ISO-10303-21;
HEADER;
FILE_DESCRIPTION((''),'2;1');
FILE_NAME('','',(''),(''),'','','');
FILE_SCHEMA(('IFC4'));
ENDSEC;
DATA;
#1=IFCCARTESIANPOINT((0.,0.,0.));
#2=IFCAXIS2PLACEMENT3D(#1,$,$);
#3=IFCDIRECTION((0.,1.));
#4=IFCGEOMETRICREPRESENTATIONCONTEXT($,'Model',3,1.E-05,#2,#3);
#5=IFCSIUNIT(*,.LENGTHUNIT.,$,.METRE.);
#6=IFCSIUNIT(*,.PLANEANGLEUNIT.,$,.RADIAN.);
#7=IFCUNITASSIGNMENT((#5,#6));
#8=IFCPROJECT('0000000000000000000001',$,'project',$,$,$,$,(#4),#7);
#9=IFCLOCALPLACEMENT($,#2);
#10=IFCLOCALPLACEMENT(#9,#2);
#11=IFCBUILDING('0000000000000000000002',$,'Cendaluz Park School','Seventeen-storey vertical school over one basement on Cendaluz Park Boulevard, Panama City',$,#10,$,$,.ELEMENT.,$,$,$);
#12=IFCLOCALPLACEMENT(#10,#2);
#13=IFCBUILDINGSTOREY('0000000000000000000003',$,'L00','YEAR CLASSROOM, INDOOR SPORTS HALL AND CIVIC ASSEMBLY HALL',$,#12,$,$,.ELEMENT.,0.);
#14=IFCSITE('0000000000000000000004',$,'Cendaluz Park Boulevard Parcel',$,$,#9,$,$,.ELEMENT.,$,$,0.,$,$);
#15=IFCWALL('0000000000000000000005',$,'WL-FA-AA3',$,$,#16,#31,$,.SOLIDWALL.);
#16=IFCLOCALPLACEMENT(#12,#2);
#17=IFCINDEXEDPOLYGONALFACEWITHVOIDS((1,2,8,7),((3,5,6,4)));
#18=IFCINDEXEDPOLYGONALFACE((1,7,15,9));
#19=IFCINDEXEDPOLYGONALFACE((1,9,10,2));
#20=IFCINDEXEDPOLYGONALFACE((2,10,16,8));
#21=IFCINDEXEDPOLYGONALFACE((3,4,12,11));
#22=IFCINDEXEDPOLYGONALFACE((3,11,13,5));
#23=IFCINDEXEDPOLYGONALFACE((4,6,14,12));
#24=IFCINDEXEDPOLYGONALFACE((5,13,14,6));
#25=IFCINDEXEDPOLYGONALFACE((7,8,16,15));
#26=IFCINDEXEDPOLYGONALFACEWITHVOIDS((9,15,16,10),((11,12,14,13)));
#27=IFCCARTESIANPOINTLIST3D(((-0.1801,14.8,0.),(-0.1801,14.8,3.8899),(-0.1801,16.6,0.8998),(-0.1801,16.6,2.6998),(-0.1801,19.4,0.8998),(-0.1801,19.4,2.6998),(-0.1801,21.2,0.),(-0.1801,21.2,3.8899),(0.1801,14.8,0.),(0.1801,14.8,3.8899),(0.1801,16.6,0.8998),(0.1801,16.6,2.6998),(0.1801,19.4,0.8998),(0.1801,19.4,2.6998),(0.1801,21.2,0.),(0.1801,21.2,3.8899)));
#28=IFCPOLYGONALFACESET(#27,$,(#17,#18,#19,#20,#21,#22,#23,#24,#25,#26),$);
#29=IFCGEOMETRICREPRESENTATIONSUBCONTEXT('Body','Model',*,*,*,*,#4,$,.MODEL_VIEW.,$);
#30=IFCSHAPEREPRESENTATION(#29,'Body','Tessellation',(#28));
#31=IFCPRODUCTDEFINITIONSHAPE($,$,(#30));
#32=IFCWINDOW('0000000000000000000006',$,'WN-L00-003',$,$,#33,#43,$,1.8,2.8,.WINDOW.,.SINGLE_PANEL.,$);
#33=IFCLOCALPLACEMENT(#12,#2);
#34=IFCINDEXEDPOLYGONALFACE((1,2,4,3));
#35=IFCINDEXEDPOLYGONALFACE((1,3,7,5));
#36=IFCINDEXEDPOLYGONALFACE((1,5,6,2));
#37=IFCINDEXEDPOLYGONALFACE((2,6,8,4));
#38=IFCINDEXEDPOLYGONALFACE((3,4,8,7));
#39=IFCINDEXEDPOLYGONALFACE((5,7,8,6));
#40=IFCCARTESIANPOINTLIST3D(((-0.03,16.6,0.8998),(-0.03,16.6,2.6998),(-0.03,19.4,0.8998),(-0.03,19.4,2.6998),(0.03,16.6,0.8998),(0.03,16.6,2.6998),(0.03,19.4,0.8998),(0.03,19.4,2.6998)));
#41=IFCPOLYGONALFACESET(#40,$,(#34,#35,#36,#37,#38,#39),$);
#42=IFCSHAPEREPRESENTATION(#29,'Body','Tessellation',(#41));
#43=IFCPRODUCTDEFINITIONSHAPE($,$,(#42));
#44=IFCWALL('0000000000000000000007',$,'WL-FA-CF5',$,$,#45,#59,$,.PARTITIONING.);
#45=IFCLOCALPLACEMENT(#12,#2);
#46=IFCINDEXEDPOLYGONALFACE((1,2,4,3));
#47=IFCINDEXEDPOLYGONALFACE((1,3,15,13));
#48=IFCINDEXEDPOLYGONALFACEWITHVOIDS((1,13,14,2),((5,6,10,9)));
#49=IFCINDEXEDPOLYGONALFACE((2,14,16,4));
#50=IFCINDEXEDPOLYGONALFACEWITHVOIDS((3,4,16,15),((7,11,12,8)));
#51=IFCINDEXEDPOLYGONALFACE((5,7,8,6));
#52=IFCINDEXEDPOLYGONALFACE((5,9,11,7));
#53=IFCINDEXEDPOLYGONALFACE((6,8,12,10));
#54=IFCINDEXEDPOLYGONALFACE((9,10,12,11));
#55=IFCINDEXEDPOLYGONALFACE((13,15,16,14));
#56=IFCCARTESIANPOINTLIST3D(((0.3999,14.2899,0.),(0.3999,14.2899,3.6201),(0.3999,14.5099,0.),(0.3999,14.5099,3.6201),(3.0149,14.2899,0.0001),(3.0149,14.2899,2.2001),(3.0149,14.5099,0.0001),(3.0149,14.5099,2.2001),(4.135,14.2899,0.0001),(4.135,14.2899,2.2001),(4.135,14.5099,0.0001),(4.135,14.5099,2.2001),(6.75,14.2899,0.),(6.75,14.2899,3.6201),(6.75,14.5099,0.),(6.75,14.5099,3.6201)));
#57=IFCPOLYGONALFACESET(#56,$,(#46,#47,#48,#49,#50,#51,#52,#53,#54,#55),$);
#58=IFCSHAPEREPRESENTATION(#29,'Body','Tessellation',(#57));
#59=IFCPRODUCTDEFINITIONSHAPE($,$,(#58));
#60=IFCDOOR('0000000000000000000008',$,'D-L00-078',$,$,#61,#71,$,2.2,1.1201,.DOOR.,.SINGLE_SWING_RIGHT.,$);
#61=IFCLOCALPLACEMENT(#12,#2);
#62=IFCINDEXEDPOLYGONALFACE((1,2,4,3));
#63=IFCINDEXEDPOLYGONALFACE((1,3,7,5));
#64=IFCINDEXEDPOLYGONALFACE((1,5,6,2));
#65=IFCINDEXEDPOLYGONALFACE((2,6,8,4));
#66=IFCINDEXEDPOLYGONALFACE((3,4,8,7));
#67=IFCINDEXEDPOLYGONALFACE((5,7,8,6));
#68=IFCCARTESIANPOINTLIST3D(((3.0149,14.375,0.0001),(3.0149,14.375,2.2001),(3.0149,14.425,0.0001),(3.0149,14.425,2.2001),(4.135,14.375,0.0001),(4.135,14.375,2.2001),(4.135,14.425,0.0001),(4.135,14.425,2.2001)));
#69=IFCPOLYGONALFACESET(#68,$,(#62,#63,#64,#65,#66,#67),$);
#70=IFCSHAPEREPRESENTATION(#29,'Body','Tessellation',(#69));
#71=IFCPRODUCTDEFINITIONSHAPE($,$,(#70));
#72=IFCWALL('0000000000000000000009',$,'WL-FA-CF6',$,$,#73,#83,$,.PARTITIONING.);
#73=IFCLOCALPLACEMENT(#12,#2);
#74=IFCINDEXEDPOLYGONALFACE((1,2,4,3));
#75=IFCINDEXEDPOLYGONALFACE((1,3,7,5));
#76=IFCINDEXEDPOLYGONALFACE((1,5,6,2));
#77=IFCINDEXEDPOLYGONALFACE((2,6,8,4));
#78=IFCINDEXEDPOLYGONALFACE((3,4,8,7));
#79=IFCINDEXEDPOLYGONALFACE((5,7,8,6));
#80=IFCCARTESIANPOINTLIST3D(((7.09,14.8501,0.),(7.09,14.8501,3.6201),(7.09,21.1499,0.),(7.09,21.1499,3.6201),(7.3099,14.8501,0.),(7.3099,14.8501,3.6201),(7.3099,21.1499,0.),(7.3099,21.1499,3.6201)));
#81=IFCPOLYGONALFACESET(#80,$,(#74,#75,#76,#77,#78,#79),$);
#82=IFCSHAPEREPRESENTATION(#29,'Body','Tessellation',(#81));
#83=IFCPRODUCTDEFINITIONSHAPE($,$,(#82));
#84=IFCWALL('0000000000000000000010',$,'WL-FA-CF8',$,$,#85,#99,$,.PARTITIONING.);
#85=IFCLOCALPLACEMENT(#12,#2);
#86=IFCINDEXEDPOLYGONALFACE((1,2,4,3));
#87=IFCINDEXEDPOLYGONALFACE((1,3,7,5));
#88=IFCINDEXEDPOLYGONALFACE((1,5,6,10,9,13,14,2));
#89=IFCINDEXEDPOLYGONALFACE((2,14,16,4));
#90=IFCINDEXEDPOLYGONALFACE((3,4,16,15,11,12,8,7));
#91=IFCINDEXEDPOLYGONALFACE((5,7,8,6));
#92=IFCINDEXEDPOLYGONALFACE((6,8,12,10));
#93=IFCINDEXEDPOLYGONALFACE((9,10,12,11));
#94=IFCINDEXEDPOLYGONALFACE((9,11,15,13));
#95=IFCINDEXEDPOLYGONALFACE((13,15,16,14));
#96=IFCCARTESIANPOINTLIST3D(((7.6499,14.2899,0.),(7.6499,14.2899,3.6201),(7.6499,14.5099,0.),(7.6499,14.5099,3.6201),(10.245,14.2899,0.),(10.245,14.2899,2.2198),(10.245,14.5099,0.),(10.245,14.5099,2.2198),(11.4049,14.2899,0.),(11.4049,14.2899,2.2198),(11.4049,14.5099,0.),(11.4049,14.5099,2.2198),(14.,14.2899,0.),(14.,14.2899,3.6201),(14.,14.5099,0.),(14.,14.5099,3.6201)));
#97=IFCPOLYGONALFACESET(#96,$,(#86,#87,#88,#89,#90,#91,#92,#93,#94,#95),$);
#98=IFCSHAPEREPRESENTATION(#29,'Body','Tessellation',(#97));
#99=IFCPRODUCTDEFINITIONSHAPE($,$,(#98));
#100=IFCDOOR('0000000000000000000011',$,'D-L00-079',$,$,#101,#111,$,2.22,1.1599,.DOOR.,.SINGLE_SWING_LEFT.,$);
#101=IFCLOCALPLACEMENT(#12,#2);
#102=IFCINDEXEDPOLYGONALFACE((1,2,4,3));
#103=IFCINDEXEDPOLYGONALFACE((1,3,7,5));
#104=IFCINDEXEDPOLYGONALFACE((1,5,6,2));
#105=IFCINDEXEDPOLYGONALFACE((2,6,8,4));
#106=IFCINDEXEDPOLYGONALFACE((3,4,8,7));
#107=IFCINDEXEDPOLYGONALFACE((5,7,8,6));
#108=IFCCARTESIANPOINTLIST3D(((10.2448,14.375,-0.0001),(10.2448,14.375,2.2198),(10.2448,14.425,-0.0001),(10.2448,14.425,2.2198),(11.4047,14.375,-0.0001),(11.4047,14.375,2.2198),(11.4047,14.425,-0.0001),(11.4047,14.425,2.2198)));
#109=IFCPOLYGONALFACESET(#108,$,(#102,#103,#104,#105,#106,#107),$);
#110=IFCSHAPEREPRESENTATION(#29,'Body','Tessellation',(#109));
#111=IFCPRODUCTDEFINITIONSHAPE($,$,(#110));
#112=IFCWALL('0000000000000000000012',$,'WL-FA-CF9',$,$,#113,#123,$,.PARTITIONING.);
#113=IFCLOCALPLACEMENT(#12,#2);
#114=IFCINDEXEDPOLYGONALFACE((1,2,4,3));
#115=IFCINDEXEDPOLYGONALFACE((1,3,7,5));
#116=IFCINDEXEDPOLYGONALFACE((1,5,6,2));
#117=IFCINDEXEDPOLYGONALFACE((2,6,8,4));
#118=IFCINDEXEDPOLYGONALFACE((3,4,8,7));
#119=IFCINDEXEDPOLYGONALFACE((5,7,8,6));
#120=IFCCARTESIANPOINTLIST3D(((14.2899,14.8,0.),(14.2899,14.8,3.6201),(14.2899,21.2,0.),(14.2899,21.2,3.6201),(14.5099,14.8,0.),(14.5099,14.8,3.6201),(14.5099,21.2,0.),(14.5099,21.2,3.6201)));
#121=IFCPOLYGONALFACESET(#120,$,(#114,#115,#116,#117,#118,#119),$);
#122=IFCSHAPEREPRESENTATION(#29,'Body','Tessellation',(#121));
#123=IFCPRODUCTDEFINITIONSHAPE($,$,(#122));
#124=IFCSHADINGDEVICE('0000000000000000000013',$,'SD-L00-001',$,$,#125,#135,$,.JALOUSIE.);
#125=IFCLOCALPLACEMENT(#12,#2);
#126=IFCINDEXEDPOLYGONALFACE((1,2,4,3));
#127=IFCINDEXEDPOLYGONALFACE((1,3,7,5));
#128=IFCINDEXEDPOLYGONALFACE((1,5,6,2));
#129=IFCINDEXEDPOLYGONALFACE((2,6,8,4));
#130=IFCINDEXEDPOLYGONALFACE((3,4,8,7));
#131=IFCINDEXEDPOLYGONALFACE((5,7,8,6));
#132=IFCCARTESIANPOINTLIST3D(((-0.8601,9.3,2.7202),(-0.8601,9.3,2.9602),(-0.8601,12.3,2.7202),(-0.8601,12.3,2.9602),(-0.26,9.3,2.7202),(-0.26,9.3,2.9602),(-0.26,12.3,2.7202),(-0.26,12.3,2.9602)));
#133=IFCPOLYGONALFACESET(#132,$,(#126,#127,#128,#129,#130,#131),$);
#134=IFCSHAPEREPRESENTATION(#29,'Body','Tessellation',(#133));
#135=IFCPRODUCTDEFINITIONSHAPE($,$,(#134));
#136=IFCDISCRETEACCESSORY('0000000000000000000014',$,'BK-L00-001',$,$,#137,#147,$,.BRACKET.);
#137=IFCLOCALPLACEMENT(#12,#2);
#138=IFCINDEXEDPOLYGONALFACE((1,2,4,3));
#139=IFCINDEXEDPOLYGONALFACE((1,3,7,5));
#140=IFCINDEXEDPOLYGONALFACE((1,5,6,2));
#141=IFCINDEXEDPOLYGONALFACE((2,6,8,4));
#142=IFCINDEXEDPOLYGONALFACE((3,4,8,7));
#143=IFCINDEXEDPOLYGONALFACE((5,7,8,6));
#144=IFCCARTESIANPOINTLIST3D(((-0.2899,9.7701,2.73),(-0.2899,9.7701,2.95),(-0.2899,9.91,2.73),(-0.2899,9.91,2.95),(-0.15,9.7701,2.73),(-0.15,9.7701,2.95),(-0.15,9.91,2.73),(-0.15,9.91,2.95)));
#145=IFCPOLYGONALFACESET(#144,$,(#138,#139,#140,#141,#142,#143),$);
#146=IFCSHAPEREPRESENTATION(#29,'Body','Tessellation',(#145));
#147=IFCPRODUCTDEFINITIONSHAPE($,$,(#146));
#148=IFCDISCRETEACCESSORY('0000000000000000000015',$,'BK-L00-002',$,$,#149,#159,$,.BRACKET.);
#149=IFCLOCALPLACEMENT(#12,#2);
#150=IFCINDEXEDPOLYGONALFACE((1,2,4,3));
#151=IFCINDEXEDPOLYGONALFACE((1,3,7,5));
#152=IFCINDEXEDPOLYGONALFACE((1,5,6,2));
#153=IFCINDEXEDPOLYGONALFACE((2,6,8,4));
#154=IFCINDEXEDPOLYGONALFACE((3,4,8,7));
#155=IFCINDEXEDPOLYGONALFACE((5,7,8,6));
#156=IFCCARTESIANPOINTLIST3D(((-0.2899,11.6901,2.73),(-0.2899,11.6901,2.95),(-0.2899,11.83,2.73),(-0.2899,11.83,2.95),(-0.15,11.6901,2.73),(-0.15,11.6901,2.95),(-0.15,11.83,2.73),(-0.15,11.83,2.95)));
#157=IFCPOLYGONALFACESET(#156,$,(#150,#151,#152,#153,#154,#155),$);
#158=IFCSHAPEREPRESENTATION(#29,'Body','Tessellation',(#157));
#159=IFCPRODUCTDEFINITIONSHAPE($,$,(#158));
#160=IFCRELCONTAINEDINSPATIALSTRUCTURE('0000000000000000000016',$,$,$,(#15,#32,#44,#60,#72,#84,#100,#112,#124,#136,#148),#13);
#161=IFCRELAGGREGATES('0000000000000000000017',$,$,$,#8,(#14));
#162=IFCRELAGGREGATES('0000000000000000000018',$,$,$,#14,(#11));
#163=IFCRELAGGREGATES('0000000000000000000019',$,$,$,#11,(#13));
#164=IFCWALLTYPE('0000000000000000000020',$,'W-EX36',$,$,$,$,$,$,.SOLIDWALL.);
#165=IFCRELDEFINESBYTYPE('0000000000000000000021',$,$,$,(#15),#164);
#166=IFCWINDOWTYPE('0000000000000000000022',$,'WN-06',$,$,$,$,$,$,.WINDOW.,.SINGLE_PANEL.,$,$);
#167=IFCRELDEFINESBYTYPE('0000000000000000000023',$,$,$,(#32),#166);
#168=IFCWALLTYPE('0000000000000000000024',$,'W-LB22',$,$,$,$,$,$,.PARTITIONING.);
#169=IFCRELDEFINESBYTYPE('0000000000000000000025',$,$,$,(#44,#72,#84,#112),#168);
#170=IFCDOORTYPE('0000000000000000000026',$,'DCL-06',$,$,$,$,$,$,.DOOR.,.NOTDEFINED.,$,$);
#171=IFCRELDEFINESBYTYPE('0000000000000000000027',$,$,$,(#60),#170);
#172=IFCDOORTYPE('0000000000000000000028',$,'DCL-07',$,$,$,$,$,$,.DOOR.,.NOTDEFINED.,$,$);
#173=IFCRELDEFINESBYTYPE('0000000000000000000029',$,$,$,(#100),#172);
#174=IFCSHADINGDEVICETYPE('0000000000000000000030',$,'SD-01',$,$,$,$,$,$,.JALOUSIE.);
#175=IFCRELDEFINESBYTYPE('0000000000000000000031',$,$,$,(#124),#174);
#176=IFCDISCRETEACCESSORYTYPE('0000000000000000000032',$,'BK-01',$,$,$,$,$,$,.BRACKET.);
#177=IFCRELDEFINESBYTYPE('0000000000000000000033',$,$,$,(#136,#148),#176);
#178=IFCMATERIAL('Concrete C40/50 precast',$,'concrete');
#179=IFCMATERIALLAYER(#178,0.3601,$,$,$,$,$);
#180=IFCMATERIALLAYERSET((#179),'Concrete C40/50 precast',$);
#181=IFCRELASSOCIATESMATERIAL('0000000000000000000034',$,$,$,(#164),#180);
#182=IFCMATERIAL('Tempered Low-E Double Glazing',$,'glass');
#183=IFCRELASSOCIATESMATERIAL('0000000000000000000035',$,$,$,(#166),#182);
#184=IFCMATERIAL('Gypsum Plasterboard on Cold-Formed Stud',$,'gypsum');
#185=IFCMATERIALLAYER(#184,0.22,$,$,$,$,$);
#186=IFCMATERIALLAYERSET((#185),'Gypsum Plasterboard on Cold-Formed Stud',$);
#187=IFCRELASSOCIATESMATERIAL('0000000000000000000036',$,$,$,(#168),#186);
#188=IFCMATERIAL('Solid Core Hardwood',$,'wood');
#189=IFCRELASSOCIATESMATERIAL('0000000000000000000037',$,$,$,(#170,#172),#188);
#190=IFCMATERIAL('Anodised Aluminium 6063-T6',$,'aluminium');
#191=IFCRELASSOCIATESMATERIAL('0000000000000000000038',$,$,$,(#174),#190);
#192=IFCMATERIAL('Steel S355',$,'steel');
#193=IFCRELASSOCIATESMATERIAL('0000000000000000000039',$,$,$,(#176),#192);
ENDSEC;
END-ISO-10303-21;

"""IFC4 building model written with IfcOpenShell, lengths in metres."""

from ifc_helpers import new_model, si_unit, direction, frame, frame_2d, origin, origin_2d, place, context, subcontext, project, spatial, rectangle, extrude, material, layer, layer_set, type_object, element, fill, save


model = new_model("IFC4")

# Units and contexts
model_context = context("Model", 3, precision=1e-05, world=origin(), true_north=direction((0.0, 1.0)))
body_context = subcontext(model_context, "Body", "Model", "MODEL_VIEW")
ifc_project = project(units=[si_unit("LENGTHUNIT", "METRE"), si_unit("PLANEANGLEUNIT", "RADIAN")], contexts=[model_context])

# Site, building, storey
site_placement = place(None, origin())
site = spatial("IfcSite", under=ifc_project, at=site_placement, Name="Cendaluz Park Boulevard Parcel", CompositionType="ELEMENT", RefElevation=0.0)
building_placement = place(site_placement, origin())
building = spatial("IfcBuilding", under=site, at=building_placement, Name="Cendaluz Park School", Description="Seventeen-storey vertical school over one basement on Cendaluz Park Boulevard, Panama City", CompositionType="ELEMENT")
storey_placement = place(building_placement, origin())
storey = spatial("IfcBuildingStorey", under=building, at=storey_placement, Name="L00", Description="YEAR CLASSROOM, INDOOR SPORTS HALL AND CIVIC ASSEMBLY HALL", CompositionType="ELEMENT", Elevation=0.0)

# Wall, opening, window
ifc_material_1 = material(Name="Concrete C40/50 precast", Category="concrete")
ifc_layer_1 = layer(ifc_material_1, 0.3601)
ifc_layer_set_1 = layer_set([ifc_layer_1], Name="Concrete C40/50 precast")
wall_type_1 = type_object("IfcWallType", Name="W-EX36", PredefinedType="SOLIDWALL", material=ifc_layer_set_1)
wall_1_placement = place(storey_placement, frame((0.0, 14.8, 0.0), z_axis=(0.0, 0.0, 1.0), x_axis=(0.0, 1.0, 0.0)))
wall_1 = element("IfcWall", 1, at=wall_1_placement, inside=storey, type_object=wall_type_1, Name="WL-FA-AA3", PredefinedType="SOLIDWALL", context=body_context, shape_type="SweptSolid", body=[
    extrude(rectangle(XDim=6.3999, YDim=0.3601, at=frame_2d((3.2, 0.0))), origin(), (0.0, 0.0, 1.0), 3.8899),
])
opening_1_placement = place(wall_1_placement, frame((1.8, 0.0, 0.8999)))
opening_1 = element("IfcOpeningElement", 2, at=opening_1_placement, cuts=wall_1, PredefinedType="OPENING", context=body_context, shape_type="SweptSolid", body=[
    extrude(rectangle(XDim=2.8, YDim=1.8, at=frame_2d((1.3999, 0.8999))), frame((0.0, 0.1921, 0.0), z_axis=(0.0, -1.0, 0.0), x_axis=(1.0, 0.0, 0.0)), (0.0, 0.0, 1.0), 0.384),
])
ifc_material_2 = material(Name="Tempered Low-E Double Glazing", Category="glass")
window_type = type_object("IfcWindowType", Name="WN-06", PartitioningType="SINGLE_PANEL", PredefinedType="WINDOW", material=ifc_material_2)
window_placement = place(opening_1_placement, origin())
window = element("IfcWindow", 3, at=window_placement, inside=storey, type_object=window_type, Name="WN-L00-003", OverallHeight=1.8, OverallWidth=2.8, PartitioningType="SINGLE_PANEL", PredefinedType="WINDOW", context=body_context, shape_type="SweptSolid", body=[
    extrude(rectangle(XDim=2.8, YDim=1.8, at=frame_2d((1.3999, 0.8999))), frame((0.0, 0.03, 0.0), z_axis=(0.0, -1.0, 0.0), x_axis=(1.0, 0.0, 0.0)), (0.0, 0.0, 1.0), 0.0601),
])
fill(opening_1, window)

# Wall, opening, door
ifc_material_3 = material(Name="Gypsum Plasterboard on Cold-Formed Stud", Category="gypsum")
ifc_layer_2 = layer(ifc_material_3, 0.22)
ifc_layer_set_2 = layer_set([ifc_layer_2], Name="Gypsum Plasterboard on Cold-Formed Stud")
wall_type_2 = type_object("IfcWallType", Name="W-LB22", PredefinedType="PARTITIONING", material=ifc_layer_set_2)
wall_2_placement = place(storey_placement, frame((0.3999, 14.3999, 0.0), z_axis=(0.0, 0.0, 1.0), x_axis=(1.0, 0.0, 0.0)))
wall_2 = element("IfcWall", 4, at=wall_2_placement, inside=storey, type_object=wall_type_2, Name="WL-FA-CF5", PredefinedType="PARTITIONING", context=body_context, shape_type="SweptSolid", body=[
    extrude(rectangle(XDim=6.3501, YDim=0.22, at=frame_2d((3.175, 0.0))), origin(), (0.0, 0.0, 1.0), 3.6201),
])
opening_2_placement = place(wall_2_placement, frame((2.615, 0.0, 0.0)))
opening_2 = element("IfcOpeningElement", 5, at=opening_2_placement, cuts=wall_2, PredefinedType="OPENING", context=body_context, shape_type="SweptSolid", body=[
    extrude(rectangle(XDim=1.1201, YDim=2.2, at=frame_2d((0.5601, 1.1001))), frame((0.0, 0.1221, 0.0), z_axis=(0.0, -1.0, 0.0), x_axis=(1.0, 0.0, 0.0)), (0.0, 0.0, 1.0), 0.2439),
])
ifc_material_4 = material(Name="Solid Core Hardwood", Category="wood")
door_type_1 = type_object("IfcDoorType", Name="DCL-06", OperationType="NOTDEFINED", PredefinedType="DOOR", material=ifc_material_4)
door_1_placement = place(opening_2_placement, frame((1.1201, 0.0, 0.0), z_axis=(0.0, 0.0, 1.0), x_axis=(-1.0, 0.0, 0.0)))
door_1 = element("IfcDoor", 6, at=door_1_placement, inside=storey, type_object=door_type_1, Name="D-L00-078", OperationType="SINGLE_SWING_RIGHT", OverallHeight=2.2, OverallWidth=1.1201, PredefinedType="DOOR", context=body_context, shape_type="SweptSolid", body=[
    extrude(rectangle(XDim=1.1201, YDim=2.2, at=frame_2d((0.5601, 1.1001))), frame((0.0, 0.0249, 0.0), z_axis=(0.0, -1.0, 0.0), x_axis=(1.0, 0.0, 0.0)), (0.0, 0.0, 1.0), 0.05),
])
fill(opening_2, door_1)

# Wall
wall_3_placement = place(storey_placement, frame((7.2, 14.8501, 0.0), z_axis=(0.0, 0.0, 1.0), x_axis=(0.0, 1.0, 0.0)))
element("IfcWall", 7, at=wall_3_placement, inside=storey, type_object=wall_type_2, Name="WL-FA-CF6", PredefinedType="PARTITIONING", context=body_context, shape_type="SweptSolid", body=[
    extrude(rectangle(XDim=6.2998, YDim=0.22, at=frame_2d((3.1499, 0.0))), origin(), (0.0, 0.0, 1.0), 3.6201),
])

# Wall, opening, door
wall_4_placement = place(storey_placement, frame((7.6499, 14.3999, 0.0), z_axis=(0.0, 0.0, 1.0), x_axis=(1.0, 0.0, 0.0)))
wall_4 = element("IfcWall", 8, at=wall_4_placement, inside=storey, type_object=wall_type_2, Name="WL-FA-CF8", PredefinedType="PARTITIONING", context=body_context, shape_type="SweptSolid", body=[
    extrude(rectangle(XDim=6.3501, YDim=0.22, at=frame_2d((3.175, 0.0))), origin(), (0.0, 0.0, 1.0), 3.6201),
])
opening_3_placement = place(wall_4_placement, frame((2.595, 0.0, 0.0)))
opening_3 = element("IfcOpeningElement", 9, at=opening_3_placement, cuts=wall_4, PredefinedType="OPENING", context=body_context, shape_type="SweptSolid", body=[
    extrude(rectangle(XDim=1.1599, YDim=2.22, at=frame_2d((0.5801, 1.1099))), frame((0.0, 0.1221, 0.0), z_axis=(0.0, -1.0, 0.0), x_axis=(1.0, 0.0, 0.0)), (0.0, 0.0, 1.0), 0.2439),
])
door_type_2 = type_object("IfcDoorType", Name="DCL-07", OperationType="NOTDEFINED", PredefinedType="DOOR", material=ifc_material_4)
door_2_placement = place(opening_3_placement, frame((1.1599, 0.0, 0.0), z_axis=(0.0, 0.0, 1.0), x_axis=(-1.0, 0.0, 0.0)))
door_2 = element("IfcDoor", 10, at=door_2_placement, inside=storey, type_object=door_type_2, Name="D-L00-079", OperationType="SINGLE_SWING_LEFT", OverallHeight=2.22, OverallWidth=1.1599, PredefinedType="DOOR", context=body_context, shape_type="SweptSolid", body=[
    extrude(rectangle(XDim=1.1599, YDim=2.22, at=frame_2d((0.5801, 1.1099))), frame((0.0, 0.0249, 0.0), z_axis=(0.0, -1.0, 0.0), x_axis=(1.0, 0.0, 0.0)), (0.0, 0.0, 1.0), 0.05),
])
fill(opening_3, door_2)

# Wall
wall_5_placement = place(storey_placement, frame((14.3999, 14.8, 0.0), z_axis=(0.0, 0.0, 1.0), x_axis=(0.0, 1.0, 0.0)))
element("IfcWall", 11, at=wall_5_placement, inside=storey, type_object=wall_type_2, Name="WL-FA-CF9", PredefinedType="PARTITIONING", context=body_context, shape_type="SweptSolid", body=[
    extrude(rectangle(XDim=6.3999, YDim=0.22, at=frame_2d((3.2, 0.0))), origin(), (0.0, 0.0, 1.0), 3.6201),
])

# Shading device
ifc_material_5 = material(Name="Anodised Aluminium 6063-T6", Category="aluminium")
shading_device_type = type_object("IfcShadingDeviceType", Name="SD-01", PredefinedType="JALOUSIE", material=ifc_material_5)
shading_device_placement = place(storey_placement, frame((-0.5601, 10.8, 2.7202), z_axis=(0.0, 0.0, 1.0), x_axis=(0.0, 1.0, 0.0)))
element("IfcShadingDevice", 12, at=shading_device_placement, inside=storey, type_object=shading_device_type, Name="SD-L00-001", PredefinedType="JALOUSIE", context=body_context, shape_type="SweptSolid", body=[
    extrude(rectangle(XDim=3.0, YDim=0.6001, at=origin_2d()), origin(), (0.0, 0.0, 1.0), 0.24),
])

# Discrete accessories
ifc_material_6 = material(Name="Steel S355", Category="steel")
discrete_accessory_type = type_object("IfcDiscreteAccessoryType", Name="BK-01", PredefinedType="BRACKET", material=ifc_material_6)
for number, where, z_axis, x_axis, name in (
    (13, (-0.22, 9.8401, 2.73), (0.0, 0.0, 1.0), (0.0, 1.0, 0.0), "BK-L00-001"),
    (14, (-0.22, 11.76, 2.73), (0.0, 0.0, 1.0), (0.0, 1.0, 0.0), "BK-L00-002"),
):
    element("IfcDiscreteAccessory", number, at=place(storey_placement, frame(where, z_axis=z_axis, x_axis=x_axis)), inside=storey, type_object=discrete_accessory_type, Name=name, PredefinedType="BRACKET", context=body_context, shape_type="SweptSolid", body=[
        extrude(rectangle(XDim=0.1399, YDim=0.1399, at=origin_2d()), origin(), (0.0, 0.0, 1.0), 0.22),
    ])

save(model, "model.ifc")
